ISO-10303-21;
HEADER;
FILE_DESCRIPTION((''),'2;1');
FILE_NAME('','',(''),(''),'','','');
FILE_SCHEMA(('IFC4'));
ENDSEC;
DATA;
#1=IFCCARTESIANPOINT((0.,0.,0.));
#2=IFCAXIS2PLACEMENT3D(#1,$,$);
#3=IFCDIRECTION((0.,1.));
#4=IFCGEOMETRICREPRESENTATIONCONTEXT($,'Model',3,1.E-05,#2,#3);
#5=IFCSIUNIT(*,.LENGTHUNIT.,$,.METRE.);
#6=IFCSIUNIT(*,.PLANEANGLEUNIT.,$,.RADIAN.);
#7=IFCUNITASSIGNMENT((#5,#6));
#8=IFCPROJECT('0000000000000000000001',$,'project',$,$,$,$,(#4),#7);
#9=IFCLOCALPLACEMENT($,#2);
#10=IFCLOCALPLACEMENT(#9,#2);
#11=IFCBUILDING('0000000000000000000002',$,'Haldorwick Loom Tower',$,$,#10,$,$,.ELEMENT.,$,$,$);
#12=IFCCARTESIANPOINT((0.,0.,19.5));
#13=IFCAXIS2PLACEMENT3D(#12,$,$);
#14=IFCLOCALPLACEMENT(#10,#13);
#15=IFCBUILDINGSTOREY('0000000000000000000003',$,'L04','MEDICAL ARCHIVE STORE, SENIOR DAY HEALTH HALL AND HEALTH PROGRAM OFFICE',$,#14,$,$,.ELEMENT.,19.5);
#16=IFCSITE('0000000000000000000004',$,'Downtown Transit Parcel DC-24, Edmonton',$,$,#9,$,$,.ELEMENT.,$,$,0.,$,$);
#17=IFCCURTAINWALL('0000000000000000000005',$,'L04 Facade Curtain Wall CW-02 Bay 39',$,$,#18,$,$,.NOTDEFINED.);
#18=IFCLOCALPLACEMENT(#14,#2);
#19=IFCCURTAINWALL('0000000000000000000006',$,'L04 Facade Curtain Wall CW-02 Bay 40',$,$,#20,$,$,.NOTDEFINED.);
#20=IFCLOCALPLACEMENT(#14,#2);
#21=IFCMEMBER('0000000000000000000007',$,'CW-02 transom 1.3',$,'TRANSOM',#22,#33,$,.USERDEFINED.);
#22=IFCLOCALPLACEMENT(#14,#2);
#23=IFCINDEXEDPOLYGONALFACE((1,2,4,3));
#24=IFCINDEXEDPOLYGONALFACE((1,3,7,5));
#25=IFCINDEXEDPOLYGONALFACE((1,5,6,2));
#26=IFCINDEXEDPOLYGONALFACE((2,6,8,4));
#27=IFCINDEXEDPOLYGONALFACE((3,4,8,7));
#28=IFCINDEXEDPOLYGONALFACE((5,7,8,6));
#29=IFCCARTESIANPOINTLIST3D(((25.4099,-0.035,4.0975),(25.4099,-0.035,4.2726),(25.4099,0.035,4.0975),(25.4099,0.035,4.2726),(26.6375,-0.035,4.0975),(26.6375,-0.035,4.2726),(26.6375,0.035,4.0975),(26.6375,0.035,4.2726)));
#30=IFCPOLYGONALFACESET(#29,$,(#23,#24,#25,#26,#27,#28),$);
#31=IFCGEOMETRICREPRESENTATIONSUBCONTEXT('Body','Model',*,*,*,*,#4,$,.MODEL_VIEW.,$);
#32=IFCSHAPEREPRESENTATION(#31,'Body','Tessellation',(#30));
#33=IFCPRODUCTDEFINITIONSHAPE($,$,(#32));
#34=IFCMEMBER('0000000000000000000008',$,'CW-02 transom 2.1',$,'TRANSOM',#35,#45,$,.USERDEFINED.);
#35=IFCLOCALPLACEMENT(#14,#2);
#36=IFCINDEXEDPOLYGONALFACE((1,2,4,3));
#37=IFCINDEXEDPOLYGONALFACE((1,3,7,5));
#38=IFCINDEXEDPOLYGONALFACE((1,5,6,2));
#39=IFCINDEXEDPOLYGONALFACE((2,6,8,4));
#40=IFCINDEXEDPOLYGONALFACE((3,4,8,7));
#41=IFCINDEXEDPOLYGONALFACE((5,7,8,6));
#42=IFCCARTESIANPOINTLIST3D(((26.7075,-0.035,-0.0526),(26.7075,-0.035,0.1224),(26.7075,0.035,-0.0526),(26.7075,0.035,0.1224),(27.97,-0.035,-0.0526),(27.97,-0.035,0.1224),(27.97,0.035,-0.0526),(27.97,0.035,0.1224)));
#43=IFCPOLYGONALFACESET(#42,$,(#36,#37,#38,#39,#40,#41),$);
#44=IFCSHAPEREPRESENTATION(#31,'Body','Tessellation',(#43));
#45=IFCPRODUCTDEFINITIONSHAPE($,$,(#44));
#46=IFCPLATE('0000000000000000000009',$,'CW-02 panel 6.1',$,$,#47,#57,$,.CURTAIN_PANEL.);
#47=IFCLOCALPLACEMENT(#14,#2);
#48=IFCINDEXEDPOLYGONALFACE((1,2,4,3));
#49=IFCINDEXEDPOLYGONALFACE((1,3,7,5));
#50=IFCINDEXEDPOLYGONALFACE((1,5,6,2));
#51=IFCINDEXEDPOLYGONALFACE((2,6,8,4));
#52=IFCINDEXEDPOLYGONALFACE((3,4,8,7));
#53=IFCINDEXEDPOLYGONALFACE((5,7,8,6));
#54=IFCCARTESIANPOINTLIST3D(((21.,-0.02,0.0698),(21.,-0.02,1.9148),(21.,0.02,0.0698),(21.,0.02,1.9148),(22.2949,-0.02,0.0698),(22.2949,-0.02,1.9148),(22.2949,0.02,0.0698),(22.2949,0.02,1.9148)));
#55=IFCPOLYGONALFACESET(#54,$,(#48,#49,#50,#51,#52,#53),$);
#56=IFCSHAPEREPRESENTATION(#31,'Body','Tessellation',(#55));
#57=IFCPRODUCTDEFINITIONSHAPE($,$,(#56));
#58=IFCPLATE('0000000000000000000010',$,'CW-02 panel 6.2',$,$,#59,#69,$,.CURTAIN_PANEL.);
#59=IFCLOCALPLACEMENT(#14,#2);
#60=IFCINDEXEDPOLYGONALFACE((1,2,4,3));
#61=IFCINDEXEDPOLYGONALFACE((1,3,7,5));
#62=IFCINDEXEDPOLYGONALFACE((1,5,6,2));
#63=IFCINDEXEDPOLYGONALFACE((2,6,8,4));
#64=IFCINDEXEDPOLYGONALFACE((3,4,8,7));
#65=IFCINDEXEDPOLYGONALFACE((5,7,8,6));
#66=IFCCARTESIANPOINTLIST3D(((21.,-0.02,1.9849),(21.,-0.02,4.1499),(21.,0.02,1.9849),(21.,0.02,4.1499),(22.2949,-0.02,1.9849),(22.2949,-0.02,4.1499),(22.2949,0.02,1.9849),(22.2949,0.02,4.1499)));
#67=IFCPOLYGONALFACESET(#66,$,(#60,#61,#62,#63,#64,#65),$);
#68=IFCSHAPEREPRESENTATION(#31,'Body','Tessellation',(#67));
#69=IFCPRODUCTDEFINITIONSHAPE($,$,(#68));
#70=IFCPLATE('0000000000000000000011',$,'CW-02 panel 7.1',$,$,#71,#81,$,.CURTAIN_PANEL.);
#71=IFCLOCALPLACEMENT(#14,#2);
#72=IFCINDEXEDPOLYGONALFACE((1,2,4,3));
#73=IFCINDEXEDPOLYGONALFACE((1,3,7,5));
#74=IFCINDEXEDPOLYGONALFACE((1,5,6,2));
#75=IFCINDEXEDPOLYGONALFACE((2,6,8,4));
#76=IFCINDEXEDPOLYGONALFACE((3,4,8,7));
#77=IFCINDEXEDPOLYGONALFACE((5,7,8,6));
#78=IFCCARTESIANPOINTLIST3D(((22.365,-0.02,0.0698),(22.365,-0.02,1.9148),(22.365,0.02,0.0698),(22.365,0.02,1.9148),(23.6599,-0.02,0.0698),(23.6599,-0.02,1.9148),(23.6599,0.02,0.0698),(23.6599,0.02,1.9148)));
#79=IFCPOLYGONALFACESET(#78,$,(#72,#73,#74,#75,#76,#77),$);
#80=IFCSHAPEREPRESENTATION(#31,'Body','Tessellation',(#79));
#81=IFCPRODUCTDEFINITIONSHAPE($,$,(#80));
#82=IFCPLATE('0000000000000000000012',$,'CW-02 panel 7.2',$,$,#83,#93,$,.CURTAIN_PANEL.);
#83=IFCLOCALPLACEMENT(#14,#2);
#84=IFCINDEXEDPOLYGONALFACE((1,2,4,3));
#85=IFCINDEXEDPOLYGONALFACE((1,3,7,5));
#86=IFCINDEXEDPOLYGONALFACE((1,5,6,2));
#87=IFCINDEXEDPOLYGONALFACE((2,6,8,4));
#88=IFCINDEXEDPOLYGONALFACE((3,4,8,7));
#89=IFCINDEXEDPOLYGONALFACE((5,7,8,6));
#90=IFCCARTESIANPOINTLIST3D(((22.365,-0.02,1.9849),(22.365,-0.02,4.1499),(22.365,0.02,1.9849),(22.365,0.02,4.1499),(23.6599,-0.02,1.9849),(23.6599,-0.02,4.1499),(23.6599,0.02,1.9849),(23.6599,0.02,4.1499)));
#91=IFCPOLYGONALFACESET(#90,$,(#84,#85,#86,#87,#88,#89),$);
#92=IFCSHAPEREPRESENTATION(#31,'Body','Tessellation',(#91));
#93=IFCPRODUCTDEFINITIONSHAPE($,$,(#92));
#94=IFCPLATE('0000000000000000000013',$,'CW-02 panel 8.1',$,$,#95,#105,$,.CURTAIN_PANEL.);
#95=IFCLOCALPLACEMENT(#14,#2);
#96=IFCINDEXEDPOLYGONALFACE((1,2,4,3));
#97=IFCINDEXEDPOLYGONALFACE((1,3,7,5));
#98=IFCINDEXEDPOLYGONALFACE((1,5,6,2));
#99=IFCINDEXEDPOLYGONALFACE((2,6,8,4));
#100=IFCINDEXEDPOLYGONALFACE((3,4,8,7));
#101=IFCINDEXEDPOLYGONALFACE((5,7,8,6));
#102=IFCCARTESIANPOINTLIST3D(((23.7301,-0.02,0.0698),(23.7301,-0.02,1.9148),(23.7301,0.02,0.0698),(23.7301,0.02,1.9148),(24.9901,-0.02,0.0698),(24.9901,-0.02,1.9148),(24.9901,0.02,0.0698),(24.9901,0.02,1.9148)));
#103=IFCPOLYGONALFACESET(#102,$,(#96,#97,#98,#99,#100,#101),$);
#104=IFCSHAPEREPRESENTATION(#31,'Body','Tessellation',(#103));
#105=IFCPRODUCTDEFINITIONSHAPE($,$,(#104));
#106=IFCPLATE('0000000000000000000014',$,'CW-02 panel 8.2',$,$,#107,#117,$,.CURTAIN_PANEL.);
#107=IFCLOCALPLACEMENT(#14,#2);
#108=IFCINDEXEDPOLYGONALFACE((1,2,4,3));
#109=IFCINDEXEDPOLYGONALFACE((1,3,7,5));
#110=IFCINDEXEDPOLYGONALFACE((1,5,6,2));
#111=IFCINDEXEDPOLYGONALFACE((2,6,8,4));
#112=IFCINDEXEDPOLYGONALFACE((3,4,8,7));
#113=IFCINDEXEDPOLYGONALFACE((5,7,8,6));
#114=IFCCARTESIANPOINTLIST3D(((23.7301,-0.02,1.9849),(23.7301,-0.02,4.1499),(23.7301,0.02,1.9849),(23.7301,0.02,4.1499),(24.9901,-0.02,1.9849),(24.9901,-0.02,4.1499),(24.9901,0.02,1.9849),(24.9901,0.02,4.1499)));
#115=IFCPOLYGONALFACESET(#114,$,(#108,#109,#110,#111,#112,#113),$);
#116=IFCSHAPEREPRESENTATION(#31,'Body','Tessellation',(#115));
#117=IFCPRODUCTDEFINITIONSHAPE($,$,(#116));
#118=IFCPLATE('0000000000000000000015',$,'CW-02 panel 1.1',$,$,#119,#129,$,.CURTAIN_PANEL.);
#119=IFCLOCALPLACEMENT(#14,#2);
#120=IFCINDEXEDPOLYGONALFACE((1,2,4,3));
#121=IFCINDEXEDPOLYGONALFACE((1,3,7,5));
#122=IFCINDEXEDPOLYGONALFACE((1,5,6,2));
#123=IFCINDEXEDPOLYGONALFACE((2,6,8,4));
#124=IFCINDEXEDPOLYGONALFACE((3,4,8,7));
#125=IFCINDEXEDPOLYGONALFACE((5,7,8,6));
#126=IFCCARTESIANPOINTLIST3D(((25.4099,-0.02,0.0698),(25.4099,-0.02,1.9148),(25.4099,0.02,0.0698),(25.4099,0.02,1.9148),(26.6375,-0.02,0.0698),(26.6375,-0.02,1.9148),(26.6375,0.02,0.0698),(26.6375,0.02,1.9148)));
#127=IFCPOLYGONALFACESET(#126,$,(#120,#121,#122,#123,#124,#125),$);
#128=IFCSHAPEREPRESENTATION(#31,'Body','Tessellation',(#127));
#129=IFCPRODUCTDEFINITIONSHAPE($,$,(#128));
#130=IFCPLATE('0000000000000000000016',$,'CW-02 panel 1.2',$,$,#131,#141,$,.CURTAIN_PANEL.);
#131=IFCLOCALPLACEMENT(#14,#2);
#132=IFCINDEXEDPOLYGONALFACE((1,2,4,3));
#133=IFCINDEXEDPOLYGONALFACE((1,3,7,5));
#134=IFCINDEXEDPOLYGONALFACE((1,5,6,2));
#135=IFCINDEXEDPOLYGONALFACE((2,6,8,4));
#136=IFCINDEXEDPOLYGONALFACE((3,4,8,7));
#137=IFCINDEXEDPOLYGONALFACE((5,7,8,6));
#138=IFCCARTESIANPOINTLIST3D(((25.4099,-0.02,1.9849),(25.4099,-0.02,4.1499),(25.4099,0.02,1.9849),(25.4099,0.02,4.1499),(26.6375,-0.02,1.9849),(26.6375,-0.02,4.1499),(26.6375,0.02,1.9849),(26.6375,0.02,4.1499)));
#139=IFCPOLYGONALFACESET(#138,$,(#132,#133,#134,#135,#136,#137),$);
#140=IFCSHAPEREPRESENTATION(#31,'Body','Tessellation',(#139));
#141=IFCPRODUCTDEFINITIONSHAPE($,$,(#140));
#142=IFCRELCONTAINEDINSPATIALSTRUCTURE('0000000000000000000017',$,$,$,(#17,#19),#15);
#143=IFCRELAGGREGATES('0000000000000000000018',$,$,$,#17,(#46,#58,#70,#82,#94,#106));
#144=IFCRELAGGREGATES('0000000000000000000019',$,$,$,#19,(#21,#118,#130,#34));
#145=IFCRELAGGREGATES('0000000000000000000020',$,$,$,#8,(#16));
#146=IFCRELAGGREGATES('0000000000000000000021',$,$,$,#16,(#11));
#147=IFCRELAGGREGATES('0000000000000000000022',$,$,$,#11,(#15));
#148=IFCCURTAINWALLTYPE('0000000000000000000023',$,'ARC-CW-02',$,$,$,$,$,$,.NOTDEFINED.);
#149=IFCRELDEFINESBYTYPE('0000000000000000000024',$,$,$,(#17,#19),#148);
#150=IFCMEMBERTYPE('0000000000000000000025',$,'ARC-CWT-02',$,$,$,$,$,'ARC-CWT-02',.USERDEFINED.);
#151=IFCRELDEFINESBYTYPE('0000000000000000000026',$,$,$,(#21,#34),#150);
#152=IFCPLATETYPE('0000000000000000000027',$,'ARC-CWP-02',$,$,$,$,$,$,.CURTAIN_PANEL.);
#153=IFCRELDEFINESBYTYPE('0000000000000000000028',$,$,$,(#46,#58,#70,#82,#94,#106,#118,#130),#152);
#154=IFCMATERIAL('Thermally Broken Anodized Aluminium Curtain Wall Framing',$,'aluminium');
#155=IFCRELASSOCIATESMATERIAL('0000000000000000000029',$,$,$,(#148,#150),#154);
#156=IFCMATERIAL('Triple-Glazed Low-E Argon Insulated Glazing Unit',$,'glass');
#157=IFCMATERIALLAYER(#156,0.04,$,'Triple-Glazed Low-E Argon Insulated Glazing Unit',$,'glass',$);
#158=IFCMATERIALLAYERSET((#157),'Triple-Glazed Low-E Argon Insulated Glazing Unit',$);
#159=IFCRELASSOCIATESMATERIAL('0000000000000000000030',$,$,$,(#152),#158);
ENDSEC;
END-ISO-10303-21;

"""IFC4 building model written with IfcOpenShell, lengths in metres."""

from ifc_helpers import new_model, si_unit, direction, frame, origin, origin_2d, place, context, subcontext, project, spatial, rectangle, extrude, material, layer, layer_set, material_profile, profile_set, type_object, element, aggregate, save


model = new_model("IFC4")

# Units and contexts
model_context = context("Model", 3, precision=1e-05, world=origin(), true_north=direction((0.0, 1.0)))
body_context = subcontext(model_context, "Body", "Model", "MODEL_VIEW")
ifc_project = project(units=[si_unit("LENGTHUNIT", "METRE"), si_unit("PLANEANGLEUNIT", "RADIAN")], contexts=[model_context])

# Site, building, storey
site_placement = place(None, origin())
site = spatial("IfcSite", under=ifc_project, at=site_placement, Name="Downtown Transit Parcel DC-24, Edmonton", CompositionType="ELEMENT", RefElevation=0.0)
building_placement = place(site_placement, origin())
building = spatial("IfcBuilding", under=site, at=building_placement, Name="Haldorwick Loom Tower", CompositionType="ELEMENT")
storey_placement = place(building_placement, frame((0.0, 0.0, 19.5)))
storey = spatial("IfcBuildingStorey", under=building, at=storey_placement, Name="L04", Description="MEDICAL ARCHIVE STORE, SENIOR DAY HEALTH HALL AND HEALTH PROGRAM OFFICE", CompositionType="ELEMENT", Elevation=19.5)

# Curtain walls
ifc_material_1 = material(Name="Thermally Broken Anodized Aluminium Curtain Wall Framing", Category="aluminium")
curtain_wall_type = type_object("IfcCurtainWallType", Name="ARC-CW-02", PredefinedType="NOTDEFINED", material=ifc_material_1)
curtain_wall_1_placement = place(storey_placement, origin())
curtain_wall_1 = element("IfcCurtainWall", 1, at=curtain_wall_1_placement, inside=storey, type_object=curtain_wall_type, Name="L04 Facade Curtain Wall CW-02 Bay 39", PredefinedType="NOTDEFINED")
curtain_wall_2_placement = place(storey_placement, origin())
curtain_wall_2 = element("IfcCurtainWall", 2, at=curtain_wall_2_placement, inside=storey, type_object=curtain_wall_type, Name="L04 Facade Curtain Wall CW-02 Bay 40", PredefinedType="NOTDEFINED")

# Members
ifc_material_profile_1 = material_profile(ifc_material_1, rectangle(XDim=0.0701, YDim=0.175, at=origin_2d()), Name="ALU_TRN_70X175", Category="aluminium")
ifc_profile_set_1 = profile_set([ifc_material_profile_1], Name="Thermally Broken Anodized Aluminium Curtain Wall Framing")
member_type_1 = type_object("IfcMemberType", Name="ARC-CWT-02", ElementType="ARC-CWT-02", PredefinedType="USERDEFINED", material=ifc_profile_set_1)
member_1_placement = place(storey_placement, frame((25.4099, 0.0, 4.1851), z_axis=(1.0, 0.0, 0.0), x_axis=(0.0, 1.0, 0.0)))
member_1 = element("IfcMember", 3, at=member_1_placement, type_object=member_type_1, Name="CW-02 transom 1.3", ObjectType="TRANSOM", PredefinedType="USERDEFINED", context=body_context, shape_type="SweptSolid", body=[
    extrude(rectangle(XDim=0.0701, YDim=0.175, at=origin_2d()), origin(), (0.0, 0.0, 1.0), 1.2275),
])
member_2_placement = place(storey_placement, frame((26.7075, 0.0, 0.0349), z_axis=(1.0, 0.0, 0.0), x_axis=(0.0, 1.0, 0.0)))
member_2 = element("IfcMember", 4, at=member_2_placement, type_object=member_type_1, Name="CW-02 transom 2.1", ObjectType="TRANSOM", PredefinedType="USERDEFINED", context=body_context, shape_type="SweptSolid", body=[
    extrude(rectangle(XDim=0.0701, YDim=0.175, at=origin_2d()), origin(), (0.0, 0.0, 1.0), 1.2625),
])

# Plates
ifc_material_2 = material(Name="Triple-Glazed Low-E Argon Insulated Glazing Unit", Category="glass")
ifc_layer = layer(ifc_material_2, 0.04, Name="Triple-Glazed Low-E Argon Insulated Glazing Unit", Category="glass")
ifc_layer_set = layer_set([ifc_layer], Name="Triple-Glazed Low-E Argon Insulated Glazing Unit")
plate_type = type_object("IfcPlateType", Name="ARC-CWP-02", PredefinedType="CURTAIN_PANEL", material=ifc_layer_set)
plate_1_placement = place(storey_placement, frame((21.6475, 0.0, 0.0698), z_axis=(0.0, 0.0, 1.0), x_axis=(1.0, 0.0, 0.0)))
plate_1 = element("IfcPlate", 5, at=plate_1_placement, type_object=plate_type, Name="CW-02 panel 6.1", PredefinedType="CURTAIN_PANEL", context=body_context, shape_type="SweptSolid", body=[
    extrude(rectangle(XDim=1.2949, YDim=0.04, at=origin_2d()), origin(), (0.0, 0.0, 1.0), 1.845),
])
plate_2_placement = place(storey_placement, frame((21.6475, 0.0, 1.9849), z_axis=(0.0, 0.0, 1.0), x_axis=(1.0, 0.0, 0.0)))
plate_2 = element("IfcPlate", 6, at=plate_2_placement, type_object=plate_type, Name="CW-02 panel 6.2", PredefinedType="CURTAIN_PANEL", context=body_context, shape_type="SweptSolid", body=[
    extrude(rectangle(XDim=1.2949, YDim=0.04, at=origin_2d()), origin(), (0.0, 0.0, 1.0), 2.165),
])
plate_3_placement = place(storey_placement, frame((23.0125, 0.0, 0.0698), z_axis=(0.0, 0.0, 1.0), x_axis=(1.0, 0.0, 0.0)))
plate_3 = element("IfcPlate", 7, at=plate_3_placement, type_object=plate_type, Name="CW-02 panel 7.1", PredefinedType="CURTAIN_PANEL", context=body_context, shape_type="SweptSolid", body=[
    extrude(rectangle(XDim=1.2949, YDim=0.04, at=origin_2d()), origin(), (0.0, 0.0, 1.0), 1.845),
])
plate_4_placement = place(storey_placement, frame((23.0125, 0.0, 1.9849), z_axis=(0.0, 0.0, 1.0), x_axis=(1.0, 0.0, 0.0)))
plate_4 = element("IfcPlate", 8, at=plate_4_placement, type_object=plate_type, Name="CW-02 panel 7.2", PredefinedType="CURTAIN_PANEL", context=body_context, shape_type="SweptSolid", body=[
    extrude(rectangle(XDim=1.2949, YDim=0.04, at=origin_2d()), origin(), (0.0, 0.0, 1.0), 2.165),
])
plate_5_placement = place(storey_placement, frame((24.3601, 0.0, 0.0698), z_axis=(0.0, 0.0, 1.0), x_axis=(1.0, 0.0, 0.0)))
plate_5 = element("IfcPlate", 9, at=plate_5_placement, type_object=plate_type, Name="CW-02 panel 8.1", PredefinedType="CURTAIN_PANEL", context=body_context, shape_type="SweptSolid", body=[
    extrude(rectangle(XDim=1.26, YDim=0.04, at=origin_2d()), origin(), (0.0, 0.0, 1.0), 1.845),
])
plate_6_placement = place(storey_placement, frame((24.3601, 0.0, 1.9849), z_axis=(0.0, 0.0, 1.0), x_axis=(1.0, 0.0, 0.0)))
plate_6 = element("IfcPlate", 10, at=plate_6_placement, type_object=plate_type, Name="CW-02 panel 8.2", PredefinedType="CURTAIN_PANEL", context=body_context, shape_type="SweptSolid", body=[
    extrude(rectangle(XDim=1.26, YDim=0.04, at=origin_2d()), origin(), (0.0, 0.0, 1.0), 2.165),
])
aggregate(curtain_wall_1, [plate_1, plate_2, plate_3, plate_4, plate_5, plate_6])
plate_7_placement = place(storey_placement, frame((26.0237, 0.0, 0.0698), z_axis=(0.0, 0.0, 1.0), x_axis=(1.0, 0.0, 0.0)))
plate_7 = element("IfcPlate", 11, at=plate_7_placement, type_object=plate_type, Name="CW-02 panel 1.1", PredefinedType="CURTAIN_PANEL", context=body_context, shape_type="SweptSolid", body=[
    extrude(rectangle(XDim=1.2275, YDim=0.04, at=origin_2d()), origin(), (0.0, 0.0, 1.0), 1.845),
])
plate_8_placement = place(storey_placement, frame((26.0237, 0.0, 1.9849), z_axis=(0.0, 0.0, 1.0), x_axis=(1.0, 0.0, 0.0)))
plate_8 = element("IfcPlate", 12, at=plate_8_placement, type_object=plate_type, Name="CW-02 panel 1.2", PredefinedType="CURTAIN_PANEL", context=body_context, shape_type="SweptSolid", body=[
    extrude(rectangle(XDim=1.2275, YDim=0.04, at=origin_2d()), origin(), (0.0, 0.0, 1.0), 2.165),
])
aggregate(curtain_wall_2, [member_1, plate_7, plate_8, member_2])

save(model, "model.ifc")
